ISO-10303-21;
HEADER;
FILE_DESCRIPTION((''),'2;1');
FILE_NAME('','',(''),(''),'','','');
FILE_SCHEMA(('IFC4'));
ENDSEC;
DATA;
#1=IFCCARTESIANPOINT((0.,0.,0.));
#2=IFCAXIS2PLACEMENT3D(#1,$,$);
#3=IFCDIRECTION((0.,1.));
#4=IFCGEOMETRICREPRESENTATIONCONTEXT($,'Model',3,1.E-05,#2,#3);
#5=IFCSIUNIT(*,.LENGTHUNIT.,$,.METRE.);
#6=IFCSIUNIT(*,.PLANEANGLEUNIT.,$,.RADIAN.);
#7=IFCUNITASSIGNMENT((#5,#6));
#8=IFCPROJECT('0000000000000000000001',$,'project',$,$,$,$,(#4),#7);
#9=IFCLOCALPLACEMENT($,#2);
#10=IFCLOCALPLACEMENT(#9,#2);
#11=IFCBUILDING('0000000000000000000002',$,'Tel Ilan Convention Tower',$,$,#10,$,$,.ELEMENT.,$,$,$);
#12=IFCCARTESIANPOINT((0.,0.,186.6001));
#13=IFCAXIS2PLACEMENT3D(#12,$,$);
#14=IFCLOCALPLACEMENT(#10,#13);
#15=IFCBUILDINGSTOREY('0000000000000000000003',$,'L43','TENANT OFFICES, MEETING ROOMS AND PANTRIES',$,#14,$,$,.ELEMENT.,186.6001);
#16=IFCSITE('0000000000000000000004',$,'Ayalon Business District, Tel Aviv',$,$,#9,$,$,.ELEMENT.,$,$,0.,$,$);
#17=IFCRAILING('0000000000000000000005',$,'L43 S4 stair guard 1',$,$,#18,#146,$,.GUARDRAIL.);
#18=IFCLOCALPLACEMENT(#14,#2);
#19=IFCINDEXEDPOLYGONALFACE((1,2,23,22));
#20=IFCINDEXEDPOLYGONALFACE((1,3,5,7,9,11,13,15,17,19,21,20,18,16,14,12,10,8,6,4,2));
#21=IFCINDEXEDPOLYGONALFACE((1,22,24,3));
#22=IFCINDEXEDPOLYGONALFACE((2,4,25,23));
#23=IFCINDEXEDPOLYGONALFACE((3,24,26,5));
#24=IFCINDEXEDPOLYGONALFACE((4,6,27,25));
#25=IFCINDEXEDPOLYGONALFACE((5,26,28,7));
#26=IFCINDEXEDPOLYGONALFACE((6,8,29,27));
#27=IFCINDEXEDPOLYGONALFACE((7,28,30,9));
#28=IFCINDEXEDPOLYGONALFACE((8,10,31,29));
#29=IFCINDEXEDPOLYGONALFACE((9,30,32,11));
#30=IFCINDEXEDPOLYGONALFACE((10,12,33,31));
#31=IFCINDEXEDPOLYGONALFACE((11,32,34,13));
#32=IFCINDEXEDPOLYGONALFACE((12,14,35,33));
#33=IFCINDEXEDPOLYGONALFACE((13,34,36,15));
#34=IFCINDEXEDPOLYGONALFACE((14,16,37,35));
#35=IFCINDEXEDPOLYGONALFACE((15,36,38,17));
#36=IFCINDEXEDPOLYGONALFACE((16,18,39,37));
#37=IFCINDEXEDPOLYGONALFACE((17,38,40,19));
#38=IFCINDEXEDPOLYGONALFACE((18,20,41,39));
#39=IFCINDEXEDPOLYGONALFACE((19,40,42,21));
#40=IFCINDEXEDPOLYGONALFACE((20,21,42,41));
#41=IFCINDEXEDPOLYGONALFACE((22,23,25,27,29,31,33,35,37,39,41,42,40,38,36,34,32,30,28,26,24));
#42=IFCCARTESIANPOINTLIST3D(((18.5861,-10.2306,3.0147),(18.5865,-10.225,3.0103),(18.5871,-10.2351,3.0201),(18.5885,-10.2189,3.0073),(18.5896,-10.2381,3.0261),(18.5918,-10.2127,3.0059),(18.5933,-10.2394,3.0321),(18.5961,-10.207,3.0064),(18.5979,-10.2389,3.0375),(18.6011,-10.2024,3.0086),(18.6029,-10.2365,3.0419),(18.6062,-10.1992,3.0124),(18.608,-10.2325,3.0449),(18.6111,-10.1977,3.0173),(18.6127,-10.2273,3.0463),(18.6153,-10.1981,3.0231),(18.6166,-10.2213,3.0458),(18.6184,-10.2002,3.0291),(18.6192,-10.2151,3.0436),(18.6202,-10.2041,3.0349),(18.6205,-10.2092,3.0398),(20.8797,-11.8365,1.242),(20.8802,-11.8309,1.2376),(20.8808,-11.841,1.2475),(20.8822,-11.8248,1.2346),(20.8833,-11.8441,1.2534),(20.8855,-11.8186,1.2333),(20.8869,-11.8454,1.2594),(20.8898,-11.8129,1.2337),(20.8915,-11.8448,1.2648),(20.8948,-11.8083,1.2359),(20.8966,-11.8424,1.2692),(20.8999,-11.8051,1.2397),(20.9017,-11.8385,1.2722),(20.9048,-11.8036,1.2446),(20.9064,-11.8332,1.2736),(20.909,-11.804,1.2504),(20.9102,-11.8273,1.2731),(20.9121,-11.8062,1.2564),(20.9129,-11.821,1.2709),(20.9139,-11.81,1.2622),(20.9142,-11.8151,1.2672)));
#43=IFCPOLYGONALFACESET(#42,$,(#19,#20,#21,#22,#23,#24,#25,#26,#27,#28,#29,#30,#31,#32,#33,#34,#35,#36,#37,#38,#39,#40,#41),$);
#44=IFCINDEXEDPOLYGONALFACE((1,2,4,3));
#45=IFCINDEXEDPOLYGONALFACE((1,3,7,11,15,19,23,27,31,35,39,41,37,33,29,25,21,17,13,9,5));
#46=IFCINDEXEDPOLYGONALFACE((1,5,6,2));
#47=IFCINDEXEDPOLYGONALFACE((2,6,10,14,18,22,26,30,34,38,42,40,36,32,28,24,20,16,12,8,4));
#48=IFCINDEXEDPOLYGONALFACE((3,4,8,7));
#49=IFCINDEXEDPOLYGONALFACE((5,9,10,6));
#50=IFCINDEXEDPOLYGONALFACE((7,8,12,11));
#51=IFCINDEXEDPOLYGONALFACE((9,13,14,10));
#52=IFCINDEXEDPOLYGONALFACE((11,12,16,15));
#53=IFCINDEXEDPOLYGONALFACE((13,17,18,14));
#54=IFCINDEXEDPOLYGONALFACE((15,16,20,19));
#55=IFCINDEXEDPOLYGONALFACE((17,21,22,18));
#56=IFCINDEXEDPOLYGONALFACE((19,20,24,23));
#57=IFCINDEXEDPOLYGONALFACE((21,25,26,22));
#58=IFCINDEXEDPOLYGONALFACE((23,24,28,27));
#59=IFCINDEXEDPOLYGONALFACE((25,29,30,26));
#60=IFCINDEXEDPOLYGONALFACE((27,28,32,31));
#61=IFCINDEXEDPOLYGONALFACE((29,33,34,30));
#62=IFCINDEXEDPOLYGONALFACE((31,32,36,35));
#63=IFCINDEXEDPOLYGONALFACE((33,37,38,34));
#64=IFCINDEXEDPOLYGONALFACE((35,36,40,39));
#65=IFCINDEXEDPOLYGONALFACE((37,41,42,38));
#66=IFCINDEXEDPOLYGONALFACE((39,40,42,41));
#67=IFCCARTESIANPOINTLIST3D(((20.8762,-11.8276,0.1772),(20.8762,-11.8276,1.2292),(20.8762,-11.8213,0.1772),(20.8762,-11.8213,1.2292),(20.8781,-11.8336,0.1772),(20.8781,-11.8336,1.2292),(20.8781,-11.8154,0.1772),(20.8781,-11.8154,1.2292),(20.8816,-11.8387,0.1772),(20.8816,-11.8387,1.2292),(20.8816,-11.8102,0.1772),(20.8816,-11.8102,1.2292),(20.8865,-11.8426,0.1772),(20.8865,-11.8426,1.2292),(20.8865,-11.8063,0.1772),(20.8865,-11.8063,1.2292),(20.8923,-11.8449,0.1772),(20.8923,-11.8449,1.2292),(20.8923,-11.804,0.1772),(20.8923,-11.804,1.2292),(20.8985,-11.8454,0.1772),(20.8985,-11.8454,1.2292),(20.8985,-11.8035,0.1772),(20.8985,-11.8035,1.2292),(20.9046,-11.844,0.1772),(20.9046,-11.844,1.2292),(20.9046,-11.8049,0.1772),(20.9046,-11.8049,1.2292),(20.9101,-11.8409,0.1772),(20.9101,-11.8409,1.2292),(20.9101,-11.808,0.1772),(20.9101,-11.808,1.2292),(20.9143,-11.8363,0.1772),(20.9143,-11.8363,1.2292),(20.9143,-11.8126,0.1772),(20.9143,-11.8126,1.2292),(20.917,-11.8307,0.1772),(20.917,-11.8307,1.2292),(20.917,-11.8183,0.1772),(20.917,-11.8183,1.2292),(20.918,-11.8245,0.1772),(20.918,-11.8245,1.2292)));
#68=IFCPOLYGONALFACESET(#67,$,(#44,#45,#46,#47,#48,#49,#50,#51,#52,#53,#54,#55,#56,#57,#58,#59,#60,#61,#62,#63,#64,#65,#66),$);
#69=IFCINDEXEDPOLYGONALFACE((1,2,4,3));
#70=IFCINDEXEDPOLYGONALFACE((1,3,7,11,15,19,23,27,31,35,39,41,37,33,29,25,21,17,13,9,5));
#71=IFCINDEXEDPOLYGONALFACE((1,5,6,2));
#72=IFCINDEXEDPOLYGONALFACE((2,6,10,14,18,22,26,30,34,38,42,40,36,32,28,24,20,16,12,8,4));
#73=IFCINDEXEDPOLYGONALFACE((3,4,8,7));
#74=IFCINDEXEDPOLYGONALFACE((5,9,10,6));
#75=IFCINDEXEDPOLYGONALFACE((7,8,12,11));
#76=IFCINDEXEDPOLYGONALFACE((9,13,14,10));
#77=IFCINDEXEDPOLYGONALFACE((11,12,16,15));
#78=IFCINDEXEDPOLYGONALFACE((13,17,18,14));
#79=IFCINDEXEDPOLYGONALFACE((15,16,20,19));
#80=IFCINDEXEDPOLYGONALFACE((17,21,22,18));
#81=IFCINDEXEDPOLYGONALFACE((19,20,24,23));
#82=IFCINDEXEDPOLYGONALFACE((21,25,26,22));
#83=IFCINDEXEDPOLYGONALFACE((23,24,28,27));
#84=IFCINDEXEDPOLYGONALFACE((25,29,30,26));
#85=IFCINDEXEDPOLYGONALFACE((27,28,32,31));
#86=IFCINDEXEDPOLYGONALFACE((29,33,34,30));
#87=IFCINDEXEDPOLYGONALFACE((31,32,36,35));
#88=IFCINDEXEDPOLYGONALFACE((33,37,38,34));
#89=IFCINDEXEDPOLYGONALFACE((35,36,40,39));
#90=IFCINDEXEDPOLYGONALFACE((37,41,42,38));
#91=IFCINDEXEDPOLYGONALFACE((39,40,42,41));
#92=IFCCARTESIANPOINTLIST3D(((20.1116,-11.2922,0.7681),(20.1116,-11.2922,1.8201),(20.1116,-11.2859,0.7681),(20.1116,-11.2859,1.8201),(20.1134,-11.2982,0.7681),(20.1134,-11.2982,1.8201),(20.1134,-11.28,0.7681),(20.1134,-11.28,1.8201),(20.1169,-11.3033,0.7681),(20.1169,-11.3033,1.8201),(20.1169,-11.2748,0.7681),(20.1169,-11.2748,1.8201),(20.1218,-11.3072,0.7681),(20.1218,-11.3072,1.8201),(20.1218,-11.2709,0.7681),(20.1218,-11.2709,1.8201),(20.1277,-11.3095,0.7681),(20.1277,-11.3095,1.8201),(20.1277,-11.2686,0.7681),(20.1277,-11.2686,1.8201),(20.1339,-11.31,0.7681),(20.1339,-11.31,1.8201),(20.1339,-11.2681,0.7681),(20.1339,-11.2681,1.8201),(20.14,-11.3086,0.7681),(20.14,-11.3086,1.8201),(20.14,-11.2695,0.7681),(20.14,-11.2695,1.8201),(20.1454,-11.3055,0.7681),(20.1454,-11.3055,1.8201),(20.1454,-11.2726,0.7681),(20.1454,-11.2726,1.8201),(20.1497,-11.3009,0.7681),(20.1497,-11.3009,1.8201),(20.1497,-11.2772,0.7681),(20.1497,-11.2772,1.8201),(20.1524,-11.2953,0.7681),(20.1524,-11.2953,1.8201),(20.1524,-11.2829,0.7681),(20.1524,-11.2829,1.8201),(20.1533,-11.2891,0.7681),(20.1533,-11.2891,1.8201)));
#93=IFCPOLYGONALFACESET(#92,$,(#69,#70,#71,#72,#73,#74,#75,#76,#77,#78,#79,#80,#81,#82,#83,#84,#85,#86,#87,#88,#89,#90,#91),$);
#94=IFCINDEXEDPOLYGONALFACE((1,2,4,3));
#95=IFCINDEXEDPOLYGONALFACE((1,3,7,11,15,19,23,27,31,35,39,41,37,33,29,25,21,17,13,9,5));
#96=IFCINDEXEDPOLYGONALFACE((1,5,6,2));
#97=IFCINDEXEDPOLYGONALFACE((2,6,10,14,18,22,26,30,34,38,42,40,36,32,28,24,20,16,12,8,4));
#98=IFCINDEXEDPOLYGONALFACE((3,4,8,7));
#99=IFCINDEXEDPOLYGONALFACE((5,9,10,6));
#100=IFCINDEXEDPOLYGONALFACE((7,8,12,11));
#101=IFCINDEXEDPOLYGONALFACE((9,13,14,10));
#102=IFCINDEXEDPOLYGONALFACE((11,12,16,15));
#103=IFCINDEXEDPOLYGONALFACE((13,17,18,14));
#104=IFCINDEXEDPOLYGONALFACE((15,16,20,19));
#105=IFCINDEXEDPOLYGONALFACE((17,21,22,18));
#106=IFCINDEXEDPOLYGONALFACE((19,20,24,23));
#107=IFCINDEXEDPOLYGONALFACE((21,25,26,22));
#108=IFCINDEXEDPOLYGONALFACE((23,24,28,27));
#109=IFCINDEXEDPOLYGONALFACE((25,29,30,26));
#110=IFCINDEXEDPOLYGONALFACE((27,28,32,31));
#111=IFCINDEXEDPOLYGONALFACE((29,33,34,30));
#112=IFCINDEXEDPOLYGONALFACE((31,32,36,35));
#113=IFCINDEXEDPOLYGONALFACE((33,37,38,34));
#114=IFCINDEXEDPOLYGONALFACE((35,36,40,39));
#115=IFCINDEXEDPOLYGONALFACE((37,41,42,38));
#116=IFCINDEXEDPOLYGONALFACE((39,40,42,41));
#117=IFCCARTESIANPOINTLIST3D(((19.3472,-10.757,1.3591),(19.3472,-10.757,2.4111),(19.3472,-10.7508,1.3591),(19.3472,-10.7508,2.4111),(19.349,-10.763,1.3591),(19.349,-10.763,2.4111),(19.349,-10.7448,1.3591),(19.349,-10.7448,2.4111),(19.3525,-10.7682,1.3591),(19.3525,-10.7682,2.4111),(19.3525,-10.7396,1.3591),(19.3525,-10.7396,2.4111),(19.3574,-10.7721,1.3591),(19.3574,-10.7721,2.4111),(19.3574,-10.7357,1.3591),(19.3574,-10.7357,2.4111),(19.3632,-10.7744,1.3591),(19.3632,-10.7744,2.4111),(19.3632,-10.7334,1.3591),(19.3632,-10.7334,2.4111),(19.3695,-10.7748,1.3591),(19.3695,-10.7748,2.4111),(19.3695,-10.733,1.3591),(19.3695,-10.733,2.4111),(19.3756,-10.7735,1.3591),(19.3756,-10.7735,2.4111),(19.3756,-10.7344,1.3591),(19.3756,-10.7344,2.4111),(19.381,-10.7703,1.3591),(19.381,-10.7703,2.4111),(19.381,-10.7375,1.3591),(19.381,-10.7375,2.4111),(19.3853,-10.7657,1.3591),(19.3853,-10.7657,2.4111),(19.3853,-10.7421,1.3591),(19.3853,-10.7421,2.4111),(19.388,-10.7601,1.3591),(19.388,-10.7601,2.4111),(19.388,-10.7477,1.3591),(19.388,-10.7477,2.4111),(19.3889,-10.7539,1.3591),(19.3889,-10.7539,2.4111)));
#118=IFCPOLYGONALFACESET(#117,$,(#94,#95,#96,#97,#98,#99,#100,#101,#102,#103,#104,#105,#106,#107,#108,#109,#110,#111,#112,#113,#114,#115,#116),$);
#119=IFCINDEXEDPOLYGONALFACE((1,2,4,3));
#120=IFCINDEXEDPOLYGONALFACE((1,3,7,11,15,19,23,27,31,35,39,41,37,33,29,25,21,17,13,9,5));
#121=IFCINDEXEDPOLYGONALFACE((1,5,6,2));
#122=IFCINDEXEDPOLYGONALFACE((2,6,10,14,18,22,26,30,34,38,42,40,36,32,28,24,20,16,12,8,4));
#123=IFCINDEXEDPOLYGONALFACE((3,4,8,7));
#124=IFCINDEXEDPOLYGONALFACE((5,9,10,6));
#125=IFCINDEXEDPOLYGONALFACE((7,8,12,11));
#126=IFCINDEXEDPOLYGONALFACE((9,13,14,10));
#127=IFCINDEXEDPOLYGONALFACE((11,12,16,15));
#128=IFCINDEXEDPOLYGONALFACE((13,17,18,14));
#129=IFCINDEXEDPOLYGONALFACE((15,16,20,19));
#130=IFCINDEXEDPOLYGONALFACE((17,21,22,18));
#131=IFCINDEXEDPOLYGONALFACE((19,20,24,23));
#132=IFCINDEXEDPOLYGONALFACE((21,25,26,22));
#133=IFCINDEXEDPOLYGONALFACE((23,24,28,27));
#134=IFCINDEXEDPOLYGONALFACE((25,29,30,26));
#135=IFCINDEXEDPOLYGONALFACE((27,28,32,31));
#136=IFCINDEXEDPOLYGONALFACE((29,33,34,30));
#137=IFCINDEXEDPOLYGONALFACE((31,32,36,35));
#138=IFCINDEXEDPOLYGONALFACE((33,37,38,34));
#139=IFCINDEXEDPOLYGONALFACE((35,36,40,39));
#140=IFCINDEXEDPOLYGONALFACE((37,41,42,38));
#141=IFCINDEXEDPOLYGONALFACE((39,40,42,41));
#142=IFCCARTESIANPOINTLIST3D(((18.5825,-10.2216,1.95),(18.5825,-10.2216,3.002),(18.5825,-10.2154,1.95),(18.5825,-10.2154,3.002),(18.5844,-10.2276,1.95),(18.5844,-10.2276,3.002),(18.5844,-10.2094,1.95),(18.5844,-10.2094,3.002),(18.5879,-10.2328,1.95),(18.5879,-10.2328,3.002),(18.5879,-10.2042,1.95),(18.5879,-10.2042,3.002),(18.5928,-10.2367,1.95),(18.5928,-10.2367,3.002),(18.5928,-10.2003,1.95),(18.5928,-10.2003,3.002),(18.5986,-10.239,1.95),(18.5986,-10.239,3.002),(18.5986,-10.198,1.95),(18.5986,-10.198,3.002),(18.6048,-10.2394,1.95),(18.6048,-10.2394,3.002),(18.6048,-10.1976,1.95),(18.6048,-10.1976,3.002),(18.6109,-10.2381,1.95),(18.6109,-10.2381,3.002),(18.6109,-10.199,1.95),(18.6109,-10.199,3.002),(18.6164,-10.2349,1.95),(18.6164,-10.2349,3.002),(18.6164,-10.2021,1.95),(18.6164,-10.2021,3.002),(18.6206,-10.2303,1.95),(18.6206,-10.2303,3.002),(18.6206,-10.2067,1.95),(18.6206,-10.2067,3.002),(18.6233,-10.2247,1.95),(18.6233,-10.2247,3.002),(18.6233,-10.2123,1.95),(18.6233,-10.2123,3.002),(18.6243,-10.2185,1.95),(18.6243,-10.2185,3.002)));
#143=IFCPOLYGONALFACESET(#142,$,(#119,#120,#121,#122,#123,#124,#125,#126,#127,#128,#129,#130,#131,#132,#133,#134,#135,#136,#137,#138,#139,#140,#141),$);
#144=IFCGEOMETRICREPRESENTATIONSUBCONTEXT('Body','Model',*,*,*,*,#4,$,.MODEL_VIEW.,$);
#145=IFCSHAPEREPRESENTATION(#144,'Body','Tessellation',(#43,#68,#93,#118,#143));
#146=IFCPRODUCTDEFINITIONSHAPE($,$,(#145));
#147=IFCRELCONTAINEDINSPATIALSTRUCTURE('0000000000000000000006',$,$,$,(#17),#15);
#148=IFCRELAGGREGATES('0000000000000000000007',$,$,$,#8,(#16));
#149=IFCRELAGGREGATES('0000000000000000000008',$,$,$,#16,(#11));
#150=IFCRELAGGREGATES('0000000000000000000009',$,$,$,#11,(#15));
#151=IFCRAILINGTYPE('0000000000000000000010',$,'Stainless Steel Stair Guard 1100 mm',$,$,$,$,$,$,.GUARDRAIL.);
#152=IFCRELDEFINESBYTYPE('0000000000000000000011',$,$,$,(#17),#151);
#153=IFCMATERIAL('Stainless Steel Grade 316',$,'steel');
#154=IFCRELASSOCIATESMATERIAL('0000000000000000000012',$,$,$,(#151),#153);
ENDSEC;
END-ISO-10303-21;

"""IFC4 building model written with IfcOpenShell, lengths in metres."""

from ifc_helpers import new_model, si_unit, direction, frame, origin, origin_2d, place, context, subcontext, project, spatial, circle, extrude, material, type_object, element, save


model = new_model("IFC4")

# Units and contexts
model_context = context("Model", 3, precision=1e-05, world=origin(), true_north=direction((0.0, 1.0)))
body_context = subcontext(model_context, "Body", "Model", "MODEL_VIEW")
ifc_project = project(units=[si_unit("LENGTHUNIT", "METRE"), si_unit("PLANEANGLEUNIT", "RADIAN")], contexts=[model_context])

# Site, building, storey
site_placement = place(None, origin())
site = spatial("IfcSite", under=ifc_project, at=site_placement, Name="Ayalon Business District, Tel Aviv", CompositionType="ELEMENT", RefElevation=0.0)
building_placement = place(site_placement, origin())
building = spatial("IfcBuilding", under=site, at=building_placement, Name="Tel Ilan Convention Tower", CompositionType="ELEMENT")
storey_placement = place(building_placement, frame((0.0, 0.0, 186.6001)))
storey = spatial("IfcBuildingStorey", under=building, at=storey_placement, Name="L43", Description="TENANT OFFICES, MEETING ROOMS AND PANTRIES", CompositionType="ELEMENT", Elevation=186.6001)

# Railing
ifc_material_1 = material(Name="Stainless Steel Grade 316", Category="steel")
railing_type_1 = type_object("IfcRailingType", Name="Stainless Steel Stair Guard 1100 mm", PredefinedType="GUARDRAIL", material=ifc_material_1)
railing_1_placement = place(storey_placement, frame((20.897, -11.8245, 0.1772)))
element("IfcRailing", 1, at=railing_1_placement, inside=storey, type_object=railing_type_1, Name="L43 S4 stair guard 1", PredefinedType="GUARDRAIL", context=body_context, shape_type="SweptSolid", body=[
    extrude(circle(Radius=0.0239, at=origin_2d()), frame((0.0, 0.0, 1.0762), z_axis=(-0.692123, 0.484597, 0.534913), x_axis=(-0.57355, -0.81917, 0.0)), (0.0, 0.0, 1.0), 3.314),
    extrude(circle(Radius=0.021, at=origin_2d()), origin(), (0.0, 0.0, 1.0), 1.052),
    extrude(circle(Radius=0.021, at=origin_2d()), frame((-0.7646, 0.5354, 0.5908)), (0.0, 0.0, 1.0), 1.052),
    extrude(circle(Radius=0.021, at=origin_2d()), frame((-1.5291, 1.0706, 1.1819)), (0.0, 0.0, 1.0), 1.052),
    extrude(circle(Radius=0.021, at=origin_2d()), frame((-2.2937, 1.606, 1.7727)), (0.0, 0.0, 1.0), 1.052),
])

save(model, "model.ifc")
